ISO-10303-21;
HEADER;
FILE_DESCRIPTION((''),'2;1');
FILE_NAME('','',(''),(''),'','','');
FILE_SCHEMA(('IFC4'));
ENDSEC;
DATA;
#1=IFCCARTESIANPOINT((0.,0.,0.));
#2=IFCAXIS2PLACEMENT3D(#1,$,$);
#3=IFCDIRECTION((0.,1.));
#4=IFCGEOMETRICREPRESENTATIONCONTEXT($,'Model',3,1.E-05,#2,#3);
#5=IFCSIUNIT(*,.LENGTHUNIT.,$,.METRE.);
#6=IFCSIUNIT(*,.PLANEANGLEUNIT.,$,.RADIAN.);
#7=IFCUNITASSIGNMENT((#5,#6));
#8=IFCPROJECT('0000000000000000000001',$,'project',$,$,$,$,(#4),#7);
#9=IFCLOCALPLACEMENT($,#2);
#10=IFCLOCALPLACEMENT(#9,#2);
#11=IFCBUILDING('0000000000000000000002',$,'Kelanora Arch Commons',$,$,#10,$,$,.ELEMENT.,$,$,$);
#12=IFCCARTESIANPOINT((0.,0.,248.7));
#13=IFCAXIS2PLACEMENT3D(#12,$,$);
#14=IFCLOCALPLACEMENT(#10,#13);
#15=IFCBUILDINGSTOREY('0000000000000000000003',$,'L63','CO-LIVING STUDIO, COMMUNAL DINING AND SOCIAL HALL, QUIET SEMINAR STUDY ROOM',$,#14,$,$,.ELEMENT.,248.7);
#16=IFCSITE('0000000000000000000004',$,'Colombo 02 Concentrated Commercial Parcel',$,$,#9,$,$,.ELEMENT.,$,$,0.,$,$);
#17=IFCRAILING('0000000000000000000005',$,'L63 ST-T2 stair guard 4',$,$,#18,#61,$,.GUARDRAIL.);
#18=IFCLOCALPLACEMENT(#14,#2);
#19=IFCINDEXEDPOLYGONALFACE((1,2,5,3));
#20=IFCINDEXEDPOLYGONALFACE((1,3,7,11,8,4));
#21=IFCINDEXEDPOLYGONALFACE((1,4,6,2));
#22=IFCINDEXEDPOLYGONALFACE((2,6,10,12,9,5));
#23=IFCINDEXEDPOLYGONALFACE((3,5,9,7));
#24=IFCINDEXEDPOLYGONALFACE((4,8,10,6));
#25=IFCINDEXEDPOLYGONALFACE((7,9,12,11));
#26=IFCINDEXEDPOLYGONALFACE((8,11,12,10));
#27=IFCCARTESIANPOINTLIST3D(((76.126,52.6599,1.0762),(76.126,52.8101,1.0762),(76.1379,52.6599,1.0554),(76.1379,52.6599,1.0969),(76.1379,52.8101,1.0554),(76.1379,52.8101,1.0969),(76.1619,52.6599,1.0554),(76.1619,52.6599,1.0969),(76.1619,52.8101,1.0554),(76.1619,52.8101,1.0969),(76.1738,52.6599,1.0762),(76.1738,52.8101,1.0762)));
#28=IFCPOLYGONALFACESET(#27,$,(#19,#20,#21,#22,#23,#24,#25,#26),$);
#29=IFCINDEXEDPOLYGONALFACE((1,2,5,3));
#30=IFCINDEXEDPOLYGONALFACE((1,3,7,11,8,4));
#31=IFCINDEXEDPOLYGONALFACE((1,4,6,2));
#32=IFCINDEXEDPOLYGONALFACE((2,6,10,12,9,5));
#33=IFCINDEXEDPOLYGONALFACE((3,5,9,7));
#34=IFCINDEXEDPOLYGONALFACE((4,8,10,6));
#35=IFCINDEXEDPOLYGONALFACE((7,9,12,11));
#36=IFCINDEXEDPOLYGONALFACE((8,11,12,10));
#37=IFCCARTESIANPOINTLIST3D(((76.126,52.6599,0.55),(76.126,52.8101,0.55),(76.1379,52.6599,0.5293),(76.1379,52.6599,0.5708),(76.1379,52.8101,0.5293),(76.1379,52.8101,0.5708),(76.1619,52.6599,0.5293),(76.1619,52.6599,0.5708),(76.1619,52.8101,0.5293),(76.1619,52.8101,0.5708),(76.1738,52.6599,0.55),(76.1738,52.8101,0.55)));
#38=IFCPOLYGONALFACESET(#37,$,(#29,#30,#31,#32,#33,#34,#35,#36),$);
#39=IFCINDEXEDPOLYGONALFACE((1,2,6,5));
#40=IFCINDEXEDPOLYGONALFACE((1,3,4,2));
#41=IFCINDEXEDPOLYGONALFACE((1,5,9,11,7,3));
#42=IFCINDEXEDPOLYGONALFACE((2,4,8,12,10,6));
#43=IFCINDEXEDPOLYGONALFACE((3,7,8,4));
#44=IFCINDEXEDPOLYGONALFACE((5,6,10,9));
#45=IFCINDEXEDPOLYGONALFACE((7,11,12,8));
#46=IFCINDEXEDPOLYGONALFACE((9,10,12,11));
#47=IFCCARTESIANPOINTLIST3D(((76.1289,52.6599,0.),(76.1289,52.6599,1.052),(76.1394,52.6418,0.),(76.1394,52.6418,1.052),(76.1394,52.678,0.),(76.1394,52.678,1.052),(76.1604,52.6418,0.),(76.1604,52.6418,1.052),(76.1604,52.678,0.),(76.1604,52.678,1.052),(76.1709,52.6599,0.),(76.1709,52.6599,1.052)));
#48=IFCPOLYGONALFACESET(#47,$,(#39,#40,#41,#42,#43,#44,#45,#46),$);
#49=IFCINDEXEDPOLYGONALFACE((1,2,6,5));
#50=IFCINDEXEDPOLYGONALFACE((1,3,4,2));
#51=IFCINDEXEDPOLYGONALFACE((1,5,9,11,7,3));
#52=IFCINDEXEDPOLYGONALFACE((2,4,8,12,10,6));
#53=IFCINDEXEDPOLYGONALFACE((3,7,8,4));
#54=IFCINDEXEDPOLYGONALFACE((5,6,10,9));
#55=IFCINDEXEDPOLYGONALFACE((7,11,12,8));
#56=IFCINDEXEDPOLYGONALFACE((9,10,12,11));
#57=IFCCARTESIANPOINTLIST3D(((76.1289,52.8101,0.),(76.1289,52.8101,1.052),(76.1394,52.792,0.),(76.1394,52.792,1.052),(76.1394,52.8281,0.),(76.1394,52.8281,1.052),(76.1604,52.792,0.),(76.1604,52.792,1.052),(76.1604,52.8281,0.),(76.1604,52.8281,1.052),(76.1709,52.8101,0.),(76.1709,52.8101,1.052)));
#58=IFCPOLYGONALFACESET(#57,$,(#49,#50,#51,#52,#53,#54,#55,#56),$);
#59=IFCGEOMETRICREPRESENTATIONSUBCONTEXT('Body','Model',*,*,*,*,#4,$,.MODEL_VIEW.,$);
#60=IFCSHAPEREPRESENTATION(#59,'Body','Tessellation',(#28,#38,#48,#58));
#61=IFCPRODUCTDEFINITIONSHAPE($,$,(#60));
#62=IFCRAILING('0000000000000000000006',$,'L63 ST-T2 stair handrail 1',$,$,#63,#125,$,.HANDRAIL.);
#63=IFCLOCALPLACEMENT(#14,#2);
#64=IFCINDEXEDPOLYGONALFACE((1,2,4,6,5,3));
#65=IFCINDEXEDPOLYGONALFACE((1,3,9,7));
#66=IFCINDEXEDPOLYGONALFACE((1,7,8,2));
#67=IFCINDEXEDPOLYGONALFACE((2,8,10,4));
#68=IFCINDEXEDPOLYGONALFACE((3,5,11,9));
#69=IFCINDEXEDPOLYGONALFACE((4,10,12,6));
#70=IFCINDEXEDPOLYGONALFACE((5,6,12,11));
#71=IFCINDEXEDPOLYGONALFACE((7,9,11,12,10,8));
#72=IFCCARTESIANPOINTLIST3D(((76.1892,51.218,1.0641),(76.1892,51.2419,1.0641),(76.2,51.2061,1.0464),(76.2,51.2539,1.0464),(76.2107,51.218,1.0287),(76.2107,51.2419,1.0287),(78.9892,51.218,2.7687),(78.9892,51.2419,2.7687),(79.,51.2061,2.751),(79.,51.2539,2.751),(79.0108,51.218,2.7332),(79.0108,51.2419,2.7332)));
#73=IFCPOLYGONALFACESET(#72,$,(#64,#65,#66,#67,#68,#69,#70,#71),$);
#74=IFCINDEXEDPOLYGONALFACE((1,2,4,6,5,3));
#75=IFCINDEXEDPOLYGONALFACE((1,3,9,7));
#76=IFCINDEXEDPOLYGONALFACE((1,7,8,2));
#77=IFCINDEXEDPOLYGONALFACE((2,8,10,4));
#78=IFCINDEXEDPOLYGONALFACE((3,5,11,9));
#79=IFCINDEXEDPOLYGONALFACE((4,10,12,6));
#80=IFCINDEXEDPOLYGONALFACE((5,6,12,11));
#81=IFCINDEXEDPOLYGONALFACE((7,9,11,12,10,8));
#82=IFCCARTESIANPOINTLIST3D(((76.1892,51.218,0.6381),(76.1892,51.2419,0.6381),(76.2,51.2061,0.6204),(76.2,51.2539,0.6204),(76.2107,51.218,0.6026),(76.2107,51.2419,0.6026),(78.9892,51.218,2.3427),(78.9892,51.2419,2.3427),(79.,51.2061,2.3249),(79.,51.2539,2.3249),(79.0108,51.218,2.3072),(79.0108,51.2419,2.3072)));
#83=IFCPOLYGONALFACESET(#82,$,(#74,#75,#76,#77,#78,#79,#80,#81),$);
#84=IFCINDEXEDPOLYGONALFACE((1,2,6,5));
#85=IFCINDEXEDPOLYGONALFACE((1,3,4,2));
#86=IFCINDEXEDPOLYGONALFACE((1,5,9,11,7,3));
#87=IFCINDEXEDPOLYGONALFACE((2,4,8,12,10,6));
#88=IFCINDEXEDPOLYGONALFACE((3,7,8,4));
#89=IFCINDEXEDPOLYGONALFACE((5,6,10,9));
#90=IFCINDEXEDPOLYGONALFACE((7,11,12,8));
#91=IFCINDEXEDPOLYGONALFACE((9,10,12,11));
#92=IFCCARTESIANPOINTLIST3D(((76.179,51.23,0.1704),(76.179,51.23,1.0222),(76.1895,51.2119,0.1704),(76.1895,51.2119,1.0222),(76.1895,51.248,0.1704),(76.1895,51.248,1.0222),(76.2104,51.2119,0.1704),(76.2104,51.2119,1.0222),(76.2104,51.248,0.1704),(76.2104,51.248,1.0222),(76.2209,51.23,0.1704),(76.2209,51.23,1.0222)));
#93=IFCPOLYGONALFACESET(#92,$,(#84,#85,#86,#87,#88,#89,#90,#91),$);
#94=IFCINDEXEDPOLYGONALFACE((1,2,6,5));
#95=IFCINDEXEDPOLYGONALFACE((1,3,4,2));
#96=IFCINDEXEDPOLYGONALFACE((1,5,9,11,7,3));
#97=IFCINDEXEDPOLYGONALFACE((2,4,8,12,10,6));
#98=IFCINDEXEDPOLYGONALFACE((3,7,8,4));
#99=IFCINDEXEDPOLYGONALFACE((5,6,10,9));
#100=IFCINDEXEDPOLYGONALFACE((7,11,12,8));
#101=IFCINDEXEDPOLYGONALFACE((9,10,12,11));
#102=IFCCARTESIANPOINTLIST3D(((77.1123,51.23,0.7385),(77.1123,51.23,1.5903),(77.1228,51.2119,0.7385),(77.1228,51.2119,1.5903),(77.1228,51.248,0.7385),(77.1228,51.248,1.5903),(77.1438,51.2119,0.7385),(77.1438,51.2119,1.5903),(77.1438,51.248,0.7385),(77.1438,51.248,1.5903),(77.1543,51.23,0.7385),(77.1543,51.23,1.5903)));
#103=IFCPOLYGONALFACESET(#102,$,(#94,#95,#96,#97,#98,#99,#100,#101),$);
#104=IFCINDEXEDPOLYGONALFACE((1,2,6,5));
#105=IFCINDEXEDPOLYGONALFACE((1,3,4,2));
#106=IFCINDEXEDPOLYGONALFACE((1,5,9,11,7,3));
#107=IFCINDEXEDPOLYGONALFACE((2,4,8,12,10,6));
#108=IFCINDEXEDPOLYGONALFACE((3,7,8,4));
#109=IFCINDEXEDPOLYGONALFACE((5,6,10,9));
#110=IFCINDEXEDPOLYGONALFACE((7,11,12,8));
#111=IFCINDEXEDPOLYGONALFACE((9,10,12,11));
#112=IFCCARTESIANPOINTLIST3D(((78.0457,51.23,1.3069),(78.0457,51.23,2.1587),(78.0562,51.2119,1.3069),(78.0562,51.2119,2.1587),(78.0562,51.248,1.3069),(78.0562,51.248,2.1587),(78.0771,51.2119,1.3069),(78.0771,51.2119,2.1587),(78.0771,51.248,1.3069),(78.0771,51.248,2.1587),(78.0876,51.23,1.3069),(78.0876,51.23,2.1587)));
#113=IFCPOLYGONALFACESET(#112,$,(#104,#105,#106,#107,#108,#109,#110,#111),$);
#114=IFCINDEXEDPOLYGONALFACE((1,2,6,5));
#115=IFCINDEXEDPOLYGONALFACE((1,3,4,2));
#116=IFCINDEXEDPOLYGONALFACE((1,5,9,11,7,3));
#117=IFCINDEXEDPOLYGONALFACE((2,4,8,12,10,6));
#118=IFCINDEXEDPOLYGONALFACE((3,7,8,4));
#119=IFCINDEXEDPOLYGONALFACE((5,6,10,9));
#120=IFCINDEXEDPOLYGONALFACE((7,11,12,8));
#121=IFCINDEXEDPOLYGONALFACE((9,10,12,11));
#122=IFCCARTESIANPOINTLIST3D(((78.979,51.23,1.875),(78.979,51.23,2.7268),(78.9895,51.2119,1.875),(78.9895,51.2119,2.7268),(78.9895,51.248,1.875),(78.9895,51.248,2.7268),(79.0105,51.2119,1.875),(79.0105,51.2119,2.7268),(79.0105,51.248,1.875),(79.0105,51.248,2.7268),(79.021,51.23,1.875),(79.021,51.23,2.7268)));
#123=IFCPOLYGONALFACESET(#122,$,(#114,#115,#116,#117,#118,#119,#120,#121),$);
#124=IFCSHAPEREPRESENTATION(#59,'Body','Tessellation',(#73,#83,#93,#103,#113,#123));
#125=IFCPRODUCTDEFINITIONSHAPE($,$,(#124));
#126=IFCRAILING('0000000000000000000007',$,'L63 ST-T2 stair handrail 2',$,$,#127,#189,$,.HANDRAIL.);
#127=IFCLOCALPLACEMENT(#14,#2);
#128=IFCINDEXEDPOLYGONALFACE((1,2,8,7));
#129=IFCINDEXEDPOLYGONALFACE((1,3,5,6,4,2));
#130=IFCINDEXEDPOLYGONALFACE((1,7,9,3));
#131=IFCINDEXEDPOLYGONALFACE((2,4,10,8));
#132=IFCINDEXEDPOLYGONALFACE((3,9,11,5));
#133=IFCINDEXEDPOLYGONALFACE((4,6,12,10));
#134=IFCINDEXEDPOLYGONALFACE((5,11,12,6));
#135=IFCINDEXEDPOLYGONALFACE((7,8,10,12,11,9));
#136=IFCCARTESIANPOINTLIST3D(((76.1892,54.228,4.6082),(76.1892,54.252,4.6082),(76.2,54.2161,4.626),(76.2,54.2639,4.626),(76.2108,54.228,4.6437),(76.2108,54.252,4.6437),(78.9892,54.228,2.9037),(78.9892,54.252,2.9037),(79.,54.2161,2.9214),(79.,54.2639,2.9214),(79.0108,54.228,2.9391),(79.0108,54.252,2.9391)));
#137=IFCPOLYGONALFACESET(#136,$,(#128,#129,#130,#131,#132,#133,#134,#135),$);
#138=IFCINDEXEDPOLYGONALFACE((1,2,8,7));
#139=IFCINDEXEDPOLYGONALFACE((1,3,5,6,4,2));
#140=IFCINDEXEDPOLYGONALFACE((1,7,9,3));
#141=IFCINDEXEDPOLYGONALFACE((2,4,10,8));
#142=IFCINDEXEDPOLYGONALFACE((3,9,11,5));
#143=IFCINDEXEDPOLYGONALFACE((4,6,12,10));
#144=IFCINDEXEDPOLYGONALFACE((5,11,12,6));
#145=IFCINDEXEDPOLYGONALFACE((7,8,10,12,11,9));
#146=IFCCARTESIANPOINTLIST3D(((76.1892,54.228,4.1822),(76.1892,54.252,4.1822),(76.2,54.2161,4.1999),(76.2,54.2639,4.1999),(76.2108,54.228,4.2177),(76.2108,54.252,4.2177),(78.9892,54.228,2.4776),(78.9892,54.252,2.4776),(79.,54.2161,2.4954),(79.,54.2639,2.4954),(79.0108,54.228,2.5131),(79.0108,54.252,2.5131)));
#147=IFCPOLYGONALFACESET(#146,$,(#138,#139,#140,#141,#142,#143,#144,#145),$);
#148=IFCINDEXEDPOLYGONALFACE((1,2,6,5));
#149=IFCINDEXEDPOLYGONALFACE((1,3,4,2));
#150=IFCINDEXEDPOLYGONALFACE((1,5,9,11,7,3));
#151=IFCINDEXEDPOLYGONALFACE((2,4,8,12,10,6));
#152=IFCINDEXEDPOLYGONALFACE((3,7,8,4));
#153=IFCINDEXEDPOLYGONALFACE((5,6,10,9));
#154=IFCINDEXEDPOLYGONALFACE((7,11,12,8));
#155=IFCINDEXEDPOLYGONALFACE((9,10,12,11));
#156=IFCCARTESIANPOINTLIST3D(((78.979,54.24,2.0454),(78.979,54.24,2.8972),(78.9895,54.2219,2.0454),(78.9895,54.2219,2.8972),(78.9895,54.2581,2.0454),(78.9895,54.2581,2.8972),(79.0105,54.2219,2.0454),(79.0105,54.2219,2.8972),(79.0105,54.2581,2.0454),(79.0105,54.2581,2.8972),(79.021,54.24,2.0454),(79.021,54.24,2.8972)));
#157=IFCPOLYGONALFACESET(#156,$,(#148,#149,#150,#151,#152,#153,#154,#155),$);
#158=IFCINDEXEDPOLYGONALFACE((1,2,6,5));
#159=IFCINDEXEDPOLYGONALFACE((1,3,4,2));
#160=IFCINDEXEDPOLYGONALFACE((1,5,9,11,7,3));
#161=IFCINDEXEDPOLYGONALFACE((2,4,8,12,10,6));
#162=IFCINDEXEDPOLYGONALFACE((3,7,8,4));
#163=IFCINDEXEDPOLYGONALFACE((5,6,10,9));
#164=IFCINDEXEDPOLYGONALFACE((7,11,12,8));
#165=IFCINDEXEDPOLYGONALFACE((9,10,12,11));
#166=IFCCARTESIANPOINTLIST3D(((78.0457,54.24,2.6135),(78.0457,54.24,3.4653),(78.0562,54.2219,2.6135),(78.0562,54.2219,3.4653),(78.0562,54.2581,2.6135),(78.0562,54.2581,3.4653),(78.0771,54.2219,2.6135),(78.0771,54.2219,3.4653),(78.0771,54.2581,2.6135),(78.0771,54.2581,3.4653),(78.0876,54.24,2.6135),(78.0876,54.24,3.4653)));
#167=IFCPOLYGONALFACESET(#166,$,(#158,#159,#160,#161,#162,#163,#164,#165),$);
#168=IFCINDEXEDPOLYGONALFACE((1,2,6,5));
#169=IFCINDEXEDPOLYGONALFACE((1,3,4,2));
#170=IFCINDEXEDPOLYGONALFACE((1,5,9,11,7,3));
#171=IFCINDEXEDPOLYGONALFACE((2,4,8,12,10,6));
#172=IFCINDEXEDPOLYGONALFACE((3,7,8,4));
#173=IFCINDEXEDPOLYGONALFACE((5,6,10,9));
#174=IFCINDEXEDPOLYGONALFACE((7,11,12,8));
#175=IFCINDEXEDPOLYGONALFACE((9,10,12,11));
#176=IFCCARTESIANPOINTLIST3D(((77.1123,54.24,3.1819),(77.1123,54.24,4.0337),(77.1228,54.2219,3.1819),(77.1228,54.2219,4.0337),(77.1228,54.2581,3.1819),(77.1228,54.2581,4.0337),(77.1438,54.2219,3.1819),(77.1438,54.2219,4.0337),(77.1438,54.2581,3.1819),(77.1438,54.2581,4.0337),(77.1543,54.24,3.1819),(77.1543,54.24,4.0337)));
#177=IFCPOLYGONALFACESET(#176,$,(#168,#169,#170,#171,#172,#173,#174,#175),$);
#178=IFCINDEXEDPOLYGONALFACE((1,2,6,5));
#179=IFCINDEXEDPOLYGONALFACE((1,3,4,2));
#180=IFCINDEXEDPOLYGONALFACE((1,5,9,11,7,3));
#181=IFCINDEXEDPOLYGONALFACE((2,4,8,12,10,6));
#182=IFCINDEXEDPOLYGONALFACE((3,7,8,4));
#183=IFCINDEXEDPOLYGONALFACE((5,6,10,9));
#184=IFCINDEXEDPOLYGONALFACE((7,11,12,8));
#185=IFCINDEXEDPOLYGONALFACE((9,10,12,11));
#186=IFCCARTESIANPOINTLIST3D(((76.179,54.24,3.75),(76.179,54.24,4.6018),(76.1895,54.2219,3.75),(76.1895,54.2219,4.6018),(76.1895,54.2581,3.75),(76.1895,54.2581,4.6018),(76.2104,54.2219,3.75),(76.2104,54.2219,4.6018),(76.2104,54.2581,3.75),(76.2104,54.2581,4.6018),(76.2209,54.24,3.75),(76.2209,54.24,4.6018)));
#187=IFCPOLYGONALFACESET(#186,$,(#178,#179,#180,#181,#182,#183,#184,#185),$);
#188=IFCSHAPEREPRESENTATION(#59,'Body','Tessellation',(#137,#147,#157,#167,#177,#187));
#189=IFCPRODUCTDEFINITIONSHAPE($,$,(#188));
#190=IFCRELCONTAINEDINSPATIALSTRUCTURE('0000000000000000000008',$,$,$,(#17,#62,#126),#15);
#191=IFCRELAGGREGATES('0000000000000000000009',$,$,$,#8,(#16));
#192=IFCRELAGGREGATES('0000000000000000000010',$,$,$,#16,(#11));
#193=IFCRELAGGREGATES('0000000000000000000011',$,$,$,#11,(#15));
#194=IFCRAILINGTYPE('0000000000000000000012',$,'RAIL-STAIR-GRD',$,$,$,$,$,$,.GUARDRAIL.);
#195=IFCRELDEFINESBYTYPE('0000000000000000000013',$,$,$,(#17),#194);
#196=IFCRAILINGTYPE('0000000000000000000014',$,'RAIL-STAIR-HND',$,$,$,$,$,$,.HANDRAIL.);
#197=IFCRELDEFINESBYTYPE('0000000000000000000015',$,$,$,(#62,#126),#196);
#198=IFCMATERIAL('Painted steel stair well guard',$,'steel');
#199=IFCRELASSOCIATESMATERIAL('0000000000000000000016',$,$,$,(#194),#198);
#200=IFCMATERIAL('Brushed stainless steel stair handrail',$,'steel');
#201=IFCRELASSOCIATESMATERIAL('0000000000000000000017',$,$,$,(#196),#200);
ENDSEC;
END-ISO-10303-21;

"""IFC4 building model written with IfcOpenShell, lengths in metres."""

from ifc_helpers import new_model, si_unit, direction, frame, origin, place, context, subcontext, project, spatial, polyline, outline, extrude, material, type_object, element, save


model = new_model("IFC4")

# Units and contexts
model_context = context("Model", 3, precision=1e-05, world=origin(), true_north=direction((0.0, 1.0)))
body_context = subcontext(model_context, "Body", "Model", "MODEL_VIEW")
ifc_project = project(units=[si_unit("LENGTHUNIT", "METRE"), si_unit("PLANEANGLEUNIT", "RADIAN")], contexts=[model_context])

# Site, building, storey
site_placement = place(None, origin())
site = spatial("IfcSite", under=ifc_project, at=site_placement, Name="Colombo 02 Concentrated Commercial Parcel", CompositionType="ELEMENT", RefElevation=0.0)
building_placement = place(site_placement, origin())
building = spatial("IfcBuilding", under=site, at=building_placement, Name="Kelanora Arch Commons", CompositionType="ELEMENT")
storey_placement = place(building_placement, frame((0.0, 0.0, 248.7)))
storey = spatial("IfcBuildingStorey", under=building, at=storey_placement, Name="L63", Description="CO-LIVING STUDIO, COMMUNAL DINING AND SOCIAL HALL, QUIET SEMINAR STUDY ROOM", CompositionType="ELEMENT", Elevation=248.7)

# Railings
ifc_material_1 = material(Name="Painted steel stair well guard", Category="steel")
railing_type_1 = type_object("IfcRailingType", Name="RAIL-STAIR-GRD", PredefinedType="GUARDRAIL", material=ifc_material_1)
railing_1_placement = place(storey_placement, frame((76.1499, 52.6599, 0.0)))
element("IfcRailing", 1, at=railing_1_placement, inside=storey, type_object=railing_type_1, Name="L63 ST-T2 stair guard 4", PredefinedType="GUARDRAIL", context=body_context, shape_type="SweptSolid", body=[
    extrude(outline(polyline([(0.0239, 0.0), (0.012, 0.0208), (-0.012, 0.0208), (-0.0239, 0.0), (-0.012, -0.0208), (0.012, -0.0208), (0.0239, 0.0)])), frame((0.0, 0.0, 1.0762), z_axis=(0.0, 1.0, 0.0), x_axis=(-1.0, 0.0, 0.0)), (0.0, 0.0, 1.0), 0.1501),
    extrude(outline(polyline([(0.0239, 0.0), (0.012, 0.0208), (-0.012, 0.0208), (-0.0239, 0.0), (-0.012, -0.0208), (0.012, -0.0208), (0.0239, 0.0)])), frame((0.0, 0.0, 0.55), z_axis=(0.0, 1.0, 0.0), x_axis=(-1.0, 0.0, 0.0)), (0.0, 0.0, 1.0), 0.1501),
    extrude(outline(polyline([(0.021, 0.0), (0.0105, 0.0181), (-0.0105, 0.0181), (-0.021, 0.0), (-0.0105, -0.0181), (0.0105, -0.0181), (0.021, 0.0)])), origin(), (0.0, 0.0, 1.0), 1.052),
    extrude(outline(polyline([(0.021, 0.0), (0.0105, 0.0181), (-0.0105, 0.0181), (-0.021, 0.0), (-0.0105, -0.0181), (0.0105, -0.0181), (0.021, 0.0)])), frame((0.0, 0.1501, 0.0)), (0.0, 0.0, 1.0), 1.052),
])
ifc_material_2 = material(Name="Brushed stainless steel stair handrail", Category="steel")
railing_type_2 = type_object("IfcRailingType", Name="RAIL-STAIR-HND", PredefinedType="HANDRAIL", material=ifc_material_2)
railing_2_placement = place(storey_placement, frame((76.2, 51.23, 0.1704)))
element("IfcRailing", 2, at=railing_2_placement, inside=storey, type_object=railing_type_2, Name="L63 ST-T2 stair handrail 1", PredefinedType="HANDRAIL", context=body_context, shape_type="SweptSolid", body=[
    extrude(outline(polyline([(0.0239, 0.0), (0.012, 0.0208), (-0.012, 0.0208), (-0.0239, 0.0), (-0.012, -0.0208), (0.012, -0.0208), (0.0239, 0.0)])), frame((0.0, 0.0, 0.876), z_axis=(0.85417, 0.0, 0.519994), x_axis=(0.0, 1.0, 0.0)), (0.0, 0.0, 1.0), 3.2781),
    extrude(outline(polyline([(0.0239, 0.0), (0.012, 0.0208), (-0.012, 0.0208), (-0.0239, 0.0), (-0.012, -0.0208), (0.012, -0.0208), (0.0239, 0.0)])), frame((0.0, 0.0, 0.45), z_axis=(0.85417, 0.0, 0.519994), x_axis=(0.0, 1.0, 0.0)), (0.0, 0.0, 1.0), 3.2781),
    extrude(outline(polyline([(0.021, 0.0), (0.0105, 0.0181), (-0.0105, 0.0181), (-0.021, 0.0), (-0.0105, -0.0181), (0.0105, -0.0181), (0.021, 0.0)])), origin(), (0.0, 0.0, 1.0), 0.8518),
    extrude(outline(polyline([(0.021, 0.0), (0.0105, 0.0181), (-0.0105, 0.0181), (-0.021, 0.0), (-0.0105, -0.0181), (0.0105, -0.0181), (0.021, 0.0)])), frame((0.9333, 0.0, 0.5681)), (0.0, 0.0, 1.0), 0.8518),
    extrude(outline(polyline([(0.021, 0.0), (0.0105, 0.0181), (-0.0105, 0.0181), (-0.021, 0.0), (-0.0105, -0.0181), (0.0105, -0.0181), (0.021, 0.0)])), frame((1.8667, 0.0, 1.1365)), (0.0, 0.0, 1.0), 0.8518),
    extrude(outline(polyline([(0.021, 0.0), (0.0105, 0.0181), (-0.0105, 0.0181), (-0.021, 0.0), (-0.0105, -0.0181), (0.0105, -0.0181), (0.021, 0.0)])), frame((2.8, 0.0, 1.7046)), (0.0, 0.0, 1.0), 0.8518),
])
railing_3_placement = place(storey_placement, frame((79.0, 54.24, 2.0454)))
element("IfcRailing", 3, at=railing_3_placement, inside=storey, type_object=railing_type_2, Name="L63 ST-T2 stair handrail 2", PredefinedType="HANDRAIL", context=body_context, shape_type="SweptSolid", body=[
    extrude(outline(polyline([(0.0239, 0.0), (0.012, 0.0208), (-0.012, 0.0208), (-0.0239, 0.0), (-0.012, -0.0208), (0.012, -0.0208), (0.0239, 0.0)])), frame((0.0, 0.0, 0.876), z_axis=(-0.85417, 0.0, 0.519994), x_axis=(0.0, -1.0, 0.0)), (0.0, 0.0, 1.0), 3.2781),
    extrude(outline(polyline([(0.0239, 0.0), (0.012, 0.0208), (-0.012, 0.0208), (-0.0239, 0.0), (-0.012, -0.0208), (0.012, -0.0208), (0.0239, 0.0)])), frame((0.0, 0.0, 0.45), z_axis=(-0.85417, 0.0, 0.519994), x_axis=(0.0, -1.0, 0.0)), (0.0, 0.0, 1.0), 3.2781),
    extrude(outline(polyline([(0.021, 0.0), (0.0105, 0.0181), (-0.0105, 0.0181), (-0.021, 0.0), (-0.0105, -0.0181), (0.0105, -0.0181), (0.021, 0.0)])), origin(), (0.0, 0.0, 1.0), 0.8518),
    extrude(outline(polyline([(0.021, 0.0), (0.0105, 0.0181), (-0.0105, 0.0181), (-0.021, 0.0), (-0.0105, -0.0181), (0.0105, -0.0181), (0.021, 0.0)])), frame((-0.9333, 0.0, 0.5681)), (0.0, 0.0, 1.0), 0.8518),
    extrude(outline(polyline([(0.021, 0.0), (0.0105, 0.0181), (-0.0105, 0.0181), (-0.021, 0.0), (-0.0105, -0.0181), (0.0105, -0.0181), (0.021, 0.0)])), frame((-1.8667, 0.0, 1.1365)), (0.0, 0.0, 1.0), 0.8518),
    extrude(outline(polyline([(0.021, 0.0), (0.0105, 0.0181), (-0.0105, 0.0181), (-0.021, 0.0), (-0.0105, -0.0181), (0.0105, -0.0181), (0.021, 0.0)])), frame((-2.8, 0.0, 1.7046)), (0.0, 0.0, 1.0), 0.8518),
])

save(model, "model.ifc")
